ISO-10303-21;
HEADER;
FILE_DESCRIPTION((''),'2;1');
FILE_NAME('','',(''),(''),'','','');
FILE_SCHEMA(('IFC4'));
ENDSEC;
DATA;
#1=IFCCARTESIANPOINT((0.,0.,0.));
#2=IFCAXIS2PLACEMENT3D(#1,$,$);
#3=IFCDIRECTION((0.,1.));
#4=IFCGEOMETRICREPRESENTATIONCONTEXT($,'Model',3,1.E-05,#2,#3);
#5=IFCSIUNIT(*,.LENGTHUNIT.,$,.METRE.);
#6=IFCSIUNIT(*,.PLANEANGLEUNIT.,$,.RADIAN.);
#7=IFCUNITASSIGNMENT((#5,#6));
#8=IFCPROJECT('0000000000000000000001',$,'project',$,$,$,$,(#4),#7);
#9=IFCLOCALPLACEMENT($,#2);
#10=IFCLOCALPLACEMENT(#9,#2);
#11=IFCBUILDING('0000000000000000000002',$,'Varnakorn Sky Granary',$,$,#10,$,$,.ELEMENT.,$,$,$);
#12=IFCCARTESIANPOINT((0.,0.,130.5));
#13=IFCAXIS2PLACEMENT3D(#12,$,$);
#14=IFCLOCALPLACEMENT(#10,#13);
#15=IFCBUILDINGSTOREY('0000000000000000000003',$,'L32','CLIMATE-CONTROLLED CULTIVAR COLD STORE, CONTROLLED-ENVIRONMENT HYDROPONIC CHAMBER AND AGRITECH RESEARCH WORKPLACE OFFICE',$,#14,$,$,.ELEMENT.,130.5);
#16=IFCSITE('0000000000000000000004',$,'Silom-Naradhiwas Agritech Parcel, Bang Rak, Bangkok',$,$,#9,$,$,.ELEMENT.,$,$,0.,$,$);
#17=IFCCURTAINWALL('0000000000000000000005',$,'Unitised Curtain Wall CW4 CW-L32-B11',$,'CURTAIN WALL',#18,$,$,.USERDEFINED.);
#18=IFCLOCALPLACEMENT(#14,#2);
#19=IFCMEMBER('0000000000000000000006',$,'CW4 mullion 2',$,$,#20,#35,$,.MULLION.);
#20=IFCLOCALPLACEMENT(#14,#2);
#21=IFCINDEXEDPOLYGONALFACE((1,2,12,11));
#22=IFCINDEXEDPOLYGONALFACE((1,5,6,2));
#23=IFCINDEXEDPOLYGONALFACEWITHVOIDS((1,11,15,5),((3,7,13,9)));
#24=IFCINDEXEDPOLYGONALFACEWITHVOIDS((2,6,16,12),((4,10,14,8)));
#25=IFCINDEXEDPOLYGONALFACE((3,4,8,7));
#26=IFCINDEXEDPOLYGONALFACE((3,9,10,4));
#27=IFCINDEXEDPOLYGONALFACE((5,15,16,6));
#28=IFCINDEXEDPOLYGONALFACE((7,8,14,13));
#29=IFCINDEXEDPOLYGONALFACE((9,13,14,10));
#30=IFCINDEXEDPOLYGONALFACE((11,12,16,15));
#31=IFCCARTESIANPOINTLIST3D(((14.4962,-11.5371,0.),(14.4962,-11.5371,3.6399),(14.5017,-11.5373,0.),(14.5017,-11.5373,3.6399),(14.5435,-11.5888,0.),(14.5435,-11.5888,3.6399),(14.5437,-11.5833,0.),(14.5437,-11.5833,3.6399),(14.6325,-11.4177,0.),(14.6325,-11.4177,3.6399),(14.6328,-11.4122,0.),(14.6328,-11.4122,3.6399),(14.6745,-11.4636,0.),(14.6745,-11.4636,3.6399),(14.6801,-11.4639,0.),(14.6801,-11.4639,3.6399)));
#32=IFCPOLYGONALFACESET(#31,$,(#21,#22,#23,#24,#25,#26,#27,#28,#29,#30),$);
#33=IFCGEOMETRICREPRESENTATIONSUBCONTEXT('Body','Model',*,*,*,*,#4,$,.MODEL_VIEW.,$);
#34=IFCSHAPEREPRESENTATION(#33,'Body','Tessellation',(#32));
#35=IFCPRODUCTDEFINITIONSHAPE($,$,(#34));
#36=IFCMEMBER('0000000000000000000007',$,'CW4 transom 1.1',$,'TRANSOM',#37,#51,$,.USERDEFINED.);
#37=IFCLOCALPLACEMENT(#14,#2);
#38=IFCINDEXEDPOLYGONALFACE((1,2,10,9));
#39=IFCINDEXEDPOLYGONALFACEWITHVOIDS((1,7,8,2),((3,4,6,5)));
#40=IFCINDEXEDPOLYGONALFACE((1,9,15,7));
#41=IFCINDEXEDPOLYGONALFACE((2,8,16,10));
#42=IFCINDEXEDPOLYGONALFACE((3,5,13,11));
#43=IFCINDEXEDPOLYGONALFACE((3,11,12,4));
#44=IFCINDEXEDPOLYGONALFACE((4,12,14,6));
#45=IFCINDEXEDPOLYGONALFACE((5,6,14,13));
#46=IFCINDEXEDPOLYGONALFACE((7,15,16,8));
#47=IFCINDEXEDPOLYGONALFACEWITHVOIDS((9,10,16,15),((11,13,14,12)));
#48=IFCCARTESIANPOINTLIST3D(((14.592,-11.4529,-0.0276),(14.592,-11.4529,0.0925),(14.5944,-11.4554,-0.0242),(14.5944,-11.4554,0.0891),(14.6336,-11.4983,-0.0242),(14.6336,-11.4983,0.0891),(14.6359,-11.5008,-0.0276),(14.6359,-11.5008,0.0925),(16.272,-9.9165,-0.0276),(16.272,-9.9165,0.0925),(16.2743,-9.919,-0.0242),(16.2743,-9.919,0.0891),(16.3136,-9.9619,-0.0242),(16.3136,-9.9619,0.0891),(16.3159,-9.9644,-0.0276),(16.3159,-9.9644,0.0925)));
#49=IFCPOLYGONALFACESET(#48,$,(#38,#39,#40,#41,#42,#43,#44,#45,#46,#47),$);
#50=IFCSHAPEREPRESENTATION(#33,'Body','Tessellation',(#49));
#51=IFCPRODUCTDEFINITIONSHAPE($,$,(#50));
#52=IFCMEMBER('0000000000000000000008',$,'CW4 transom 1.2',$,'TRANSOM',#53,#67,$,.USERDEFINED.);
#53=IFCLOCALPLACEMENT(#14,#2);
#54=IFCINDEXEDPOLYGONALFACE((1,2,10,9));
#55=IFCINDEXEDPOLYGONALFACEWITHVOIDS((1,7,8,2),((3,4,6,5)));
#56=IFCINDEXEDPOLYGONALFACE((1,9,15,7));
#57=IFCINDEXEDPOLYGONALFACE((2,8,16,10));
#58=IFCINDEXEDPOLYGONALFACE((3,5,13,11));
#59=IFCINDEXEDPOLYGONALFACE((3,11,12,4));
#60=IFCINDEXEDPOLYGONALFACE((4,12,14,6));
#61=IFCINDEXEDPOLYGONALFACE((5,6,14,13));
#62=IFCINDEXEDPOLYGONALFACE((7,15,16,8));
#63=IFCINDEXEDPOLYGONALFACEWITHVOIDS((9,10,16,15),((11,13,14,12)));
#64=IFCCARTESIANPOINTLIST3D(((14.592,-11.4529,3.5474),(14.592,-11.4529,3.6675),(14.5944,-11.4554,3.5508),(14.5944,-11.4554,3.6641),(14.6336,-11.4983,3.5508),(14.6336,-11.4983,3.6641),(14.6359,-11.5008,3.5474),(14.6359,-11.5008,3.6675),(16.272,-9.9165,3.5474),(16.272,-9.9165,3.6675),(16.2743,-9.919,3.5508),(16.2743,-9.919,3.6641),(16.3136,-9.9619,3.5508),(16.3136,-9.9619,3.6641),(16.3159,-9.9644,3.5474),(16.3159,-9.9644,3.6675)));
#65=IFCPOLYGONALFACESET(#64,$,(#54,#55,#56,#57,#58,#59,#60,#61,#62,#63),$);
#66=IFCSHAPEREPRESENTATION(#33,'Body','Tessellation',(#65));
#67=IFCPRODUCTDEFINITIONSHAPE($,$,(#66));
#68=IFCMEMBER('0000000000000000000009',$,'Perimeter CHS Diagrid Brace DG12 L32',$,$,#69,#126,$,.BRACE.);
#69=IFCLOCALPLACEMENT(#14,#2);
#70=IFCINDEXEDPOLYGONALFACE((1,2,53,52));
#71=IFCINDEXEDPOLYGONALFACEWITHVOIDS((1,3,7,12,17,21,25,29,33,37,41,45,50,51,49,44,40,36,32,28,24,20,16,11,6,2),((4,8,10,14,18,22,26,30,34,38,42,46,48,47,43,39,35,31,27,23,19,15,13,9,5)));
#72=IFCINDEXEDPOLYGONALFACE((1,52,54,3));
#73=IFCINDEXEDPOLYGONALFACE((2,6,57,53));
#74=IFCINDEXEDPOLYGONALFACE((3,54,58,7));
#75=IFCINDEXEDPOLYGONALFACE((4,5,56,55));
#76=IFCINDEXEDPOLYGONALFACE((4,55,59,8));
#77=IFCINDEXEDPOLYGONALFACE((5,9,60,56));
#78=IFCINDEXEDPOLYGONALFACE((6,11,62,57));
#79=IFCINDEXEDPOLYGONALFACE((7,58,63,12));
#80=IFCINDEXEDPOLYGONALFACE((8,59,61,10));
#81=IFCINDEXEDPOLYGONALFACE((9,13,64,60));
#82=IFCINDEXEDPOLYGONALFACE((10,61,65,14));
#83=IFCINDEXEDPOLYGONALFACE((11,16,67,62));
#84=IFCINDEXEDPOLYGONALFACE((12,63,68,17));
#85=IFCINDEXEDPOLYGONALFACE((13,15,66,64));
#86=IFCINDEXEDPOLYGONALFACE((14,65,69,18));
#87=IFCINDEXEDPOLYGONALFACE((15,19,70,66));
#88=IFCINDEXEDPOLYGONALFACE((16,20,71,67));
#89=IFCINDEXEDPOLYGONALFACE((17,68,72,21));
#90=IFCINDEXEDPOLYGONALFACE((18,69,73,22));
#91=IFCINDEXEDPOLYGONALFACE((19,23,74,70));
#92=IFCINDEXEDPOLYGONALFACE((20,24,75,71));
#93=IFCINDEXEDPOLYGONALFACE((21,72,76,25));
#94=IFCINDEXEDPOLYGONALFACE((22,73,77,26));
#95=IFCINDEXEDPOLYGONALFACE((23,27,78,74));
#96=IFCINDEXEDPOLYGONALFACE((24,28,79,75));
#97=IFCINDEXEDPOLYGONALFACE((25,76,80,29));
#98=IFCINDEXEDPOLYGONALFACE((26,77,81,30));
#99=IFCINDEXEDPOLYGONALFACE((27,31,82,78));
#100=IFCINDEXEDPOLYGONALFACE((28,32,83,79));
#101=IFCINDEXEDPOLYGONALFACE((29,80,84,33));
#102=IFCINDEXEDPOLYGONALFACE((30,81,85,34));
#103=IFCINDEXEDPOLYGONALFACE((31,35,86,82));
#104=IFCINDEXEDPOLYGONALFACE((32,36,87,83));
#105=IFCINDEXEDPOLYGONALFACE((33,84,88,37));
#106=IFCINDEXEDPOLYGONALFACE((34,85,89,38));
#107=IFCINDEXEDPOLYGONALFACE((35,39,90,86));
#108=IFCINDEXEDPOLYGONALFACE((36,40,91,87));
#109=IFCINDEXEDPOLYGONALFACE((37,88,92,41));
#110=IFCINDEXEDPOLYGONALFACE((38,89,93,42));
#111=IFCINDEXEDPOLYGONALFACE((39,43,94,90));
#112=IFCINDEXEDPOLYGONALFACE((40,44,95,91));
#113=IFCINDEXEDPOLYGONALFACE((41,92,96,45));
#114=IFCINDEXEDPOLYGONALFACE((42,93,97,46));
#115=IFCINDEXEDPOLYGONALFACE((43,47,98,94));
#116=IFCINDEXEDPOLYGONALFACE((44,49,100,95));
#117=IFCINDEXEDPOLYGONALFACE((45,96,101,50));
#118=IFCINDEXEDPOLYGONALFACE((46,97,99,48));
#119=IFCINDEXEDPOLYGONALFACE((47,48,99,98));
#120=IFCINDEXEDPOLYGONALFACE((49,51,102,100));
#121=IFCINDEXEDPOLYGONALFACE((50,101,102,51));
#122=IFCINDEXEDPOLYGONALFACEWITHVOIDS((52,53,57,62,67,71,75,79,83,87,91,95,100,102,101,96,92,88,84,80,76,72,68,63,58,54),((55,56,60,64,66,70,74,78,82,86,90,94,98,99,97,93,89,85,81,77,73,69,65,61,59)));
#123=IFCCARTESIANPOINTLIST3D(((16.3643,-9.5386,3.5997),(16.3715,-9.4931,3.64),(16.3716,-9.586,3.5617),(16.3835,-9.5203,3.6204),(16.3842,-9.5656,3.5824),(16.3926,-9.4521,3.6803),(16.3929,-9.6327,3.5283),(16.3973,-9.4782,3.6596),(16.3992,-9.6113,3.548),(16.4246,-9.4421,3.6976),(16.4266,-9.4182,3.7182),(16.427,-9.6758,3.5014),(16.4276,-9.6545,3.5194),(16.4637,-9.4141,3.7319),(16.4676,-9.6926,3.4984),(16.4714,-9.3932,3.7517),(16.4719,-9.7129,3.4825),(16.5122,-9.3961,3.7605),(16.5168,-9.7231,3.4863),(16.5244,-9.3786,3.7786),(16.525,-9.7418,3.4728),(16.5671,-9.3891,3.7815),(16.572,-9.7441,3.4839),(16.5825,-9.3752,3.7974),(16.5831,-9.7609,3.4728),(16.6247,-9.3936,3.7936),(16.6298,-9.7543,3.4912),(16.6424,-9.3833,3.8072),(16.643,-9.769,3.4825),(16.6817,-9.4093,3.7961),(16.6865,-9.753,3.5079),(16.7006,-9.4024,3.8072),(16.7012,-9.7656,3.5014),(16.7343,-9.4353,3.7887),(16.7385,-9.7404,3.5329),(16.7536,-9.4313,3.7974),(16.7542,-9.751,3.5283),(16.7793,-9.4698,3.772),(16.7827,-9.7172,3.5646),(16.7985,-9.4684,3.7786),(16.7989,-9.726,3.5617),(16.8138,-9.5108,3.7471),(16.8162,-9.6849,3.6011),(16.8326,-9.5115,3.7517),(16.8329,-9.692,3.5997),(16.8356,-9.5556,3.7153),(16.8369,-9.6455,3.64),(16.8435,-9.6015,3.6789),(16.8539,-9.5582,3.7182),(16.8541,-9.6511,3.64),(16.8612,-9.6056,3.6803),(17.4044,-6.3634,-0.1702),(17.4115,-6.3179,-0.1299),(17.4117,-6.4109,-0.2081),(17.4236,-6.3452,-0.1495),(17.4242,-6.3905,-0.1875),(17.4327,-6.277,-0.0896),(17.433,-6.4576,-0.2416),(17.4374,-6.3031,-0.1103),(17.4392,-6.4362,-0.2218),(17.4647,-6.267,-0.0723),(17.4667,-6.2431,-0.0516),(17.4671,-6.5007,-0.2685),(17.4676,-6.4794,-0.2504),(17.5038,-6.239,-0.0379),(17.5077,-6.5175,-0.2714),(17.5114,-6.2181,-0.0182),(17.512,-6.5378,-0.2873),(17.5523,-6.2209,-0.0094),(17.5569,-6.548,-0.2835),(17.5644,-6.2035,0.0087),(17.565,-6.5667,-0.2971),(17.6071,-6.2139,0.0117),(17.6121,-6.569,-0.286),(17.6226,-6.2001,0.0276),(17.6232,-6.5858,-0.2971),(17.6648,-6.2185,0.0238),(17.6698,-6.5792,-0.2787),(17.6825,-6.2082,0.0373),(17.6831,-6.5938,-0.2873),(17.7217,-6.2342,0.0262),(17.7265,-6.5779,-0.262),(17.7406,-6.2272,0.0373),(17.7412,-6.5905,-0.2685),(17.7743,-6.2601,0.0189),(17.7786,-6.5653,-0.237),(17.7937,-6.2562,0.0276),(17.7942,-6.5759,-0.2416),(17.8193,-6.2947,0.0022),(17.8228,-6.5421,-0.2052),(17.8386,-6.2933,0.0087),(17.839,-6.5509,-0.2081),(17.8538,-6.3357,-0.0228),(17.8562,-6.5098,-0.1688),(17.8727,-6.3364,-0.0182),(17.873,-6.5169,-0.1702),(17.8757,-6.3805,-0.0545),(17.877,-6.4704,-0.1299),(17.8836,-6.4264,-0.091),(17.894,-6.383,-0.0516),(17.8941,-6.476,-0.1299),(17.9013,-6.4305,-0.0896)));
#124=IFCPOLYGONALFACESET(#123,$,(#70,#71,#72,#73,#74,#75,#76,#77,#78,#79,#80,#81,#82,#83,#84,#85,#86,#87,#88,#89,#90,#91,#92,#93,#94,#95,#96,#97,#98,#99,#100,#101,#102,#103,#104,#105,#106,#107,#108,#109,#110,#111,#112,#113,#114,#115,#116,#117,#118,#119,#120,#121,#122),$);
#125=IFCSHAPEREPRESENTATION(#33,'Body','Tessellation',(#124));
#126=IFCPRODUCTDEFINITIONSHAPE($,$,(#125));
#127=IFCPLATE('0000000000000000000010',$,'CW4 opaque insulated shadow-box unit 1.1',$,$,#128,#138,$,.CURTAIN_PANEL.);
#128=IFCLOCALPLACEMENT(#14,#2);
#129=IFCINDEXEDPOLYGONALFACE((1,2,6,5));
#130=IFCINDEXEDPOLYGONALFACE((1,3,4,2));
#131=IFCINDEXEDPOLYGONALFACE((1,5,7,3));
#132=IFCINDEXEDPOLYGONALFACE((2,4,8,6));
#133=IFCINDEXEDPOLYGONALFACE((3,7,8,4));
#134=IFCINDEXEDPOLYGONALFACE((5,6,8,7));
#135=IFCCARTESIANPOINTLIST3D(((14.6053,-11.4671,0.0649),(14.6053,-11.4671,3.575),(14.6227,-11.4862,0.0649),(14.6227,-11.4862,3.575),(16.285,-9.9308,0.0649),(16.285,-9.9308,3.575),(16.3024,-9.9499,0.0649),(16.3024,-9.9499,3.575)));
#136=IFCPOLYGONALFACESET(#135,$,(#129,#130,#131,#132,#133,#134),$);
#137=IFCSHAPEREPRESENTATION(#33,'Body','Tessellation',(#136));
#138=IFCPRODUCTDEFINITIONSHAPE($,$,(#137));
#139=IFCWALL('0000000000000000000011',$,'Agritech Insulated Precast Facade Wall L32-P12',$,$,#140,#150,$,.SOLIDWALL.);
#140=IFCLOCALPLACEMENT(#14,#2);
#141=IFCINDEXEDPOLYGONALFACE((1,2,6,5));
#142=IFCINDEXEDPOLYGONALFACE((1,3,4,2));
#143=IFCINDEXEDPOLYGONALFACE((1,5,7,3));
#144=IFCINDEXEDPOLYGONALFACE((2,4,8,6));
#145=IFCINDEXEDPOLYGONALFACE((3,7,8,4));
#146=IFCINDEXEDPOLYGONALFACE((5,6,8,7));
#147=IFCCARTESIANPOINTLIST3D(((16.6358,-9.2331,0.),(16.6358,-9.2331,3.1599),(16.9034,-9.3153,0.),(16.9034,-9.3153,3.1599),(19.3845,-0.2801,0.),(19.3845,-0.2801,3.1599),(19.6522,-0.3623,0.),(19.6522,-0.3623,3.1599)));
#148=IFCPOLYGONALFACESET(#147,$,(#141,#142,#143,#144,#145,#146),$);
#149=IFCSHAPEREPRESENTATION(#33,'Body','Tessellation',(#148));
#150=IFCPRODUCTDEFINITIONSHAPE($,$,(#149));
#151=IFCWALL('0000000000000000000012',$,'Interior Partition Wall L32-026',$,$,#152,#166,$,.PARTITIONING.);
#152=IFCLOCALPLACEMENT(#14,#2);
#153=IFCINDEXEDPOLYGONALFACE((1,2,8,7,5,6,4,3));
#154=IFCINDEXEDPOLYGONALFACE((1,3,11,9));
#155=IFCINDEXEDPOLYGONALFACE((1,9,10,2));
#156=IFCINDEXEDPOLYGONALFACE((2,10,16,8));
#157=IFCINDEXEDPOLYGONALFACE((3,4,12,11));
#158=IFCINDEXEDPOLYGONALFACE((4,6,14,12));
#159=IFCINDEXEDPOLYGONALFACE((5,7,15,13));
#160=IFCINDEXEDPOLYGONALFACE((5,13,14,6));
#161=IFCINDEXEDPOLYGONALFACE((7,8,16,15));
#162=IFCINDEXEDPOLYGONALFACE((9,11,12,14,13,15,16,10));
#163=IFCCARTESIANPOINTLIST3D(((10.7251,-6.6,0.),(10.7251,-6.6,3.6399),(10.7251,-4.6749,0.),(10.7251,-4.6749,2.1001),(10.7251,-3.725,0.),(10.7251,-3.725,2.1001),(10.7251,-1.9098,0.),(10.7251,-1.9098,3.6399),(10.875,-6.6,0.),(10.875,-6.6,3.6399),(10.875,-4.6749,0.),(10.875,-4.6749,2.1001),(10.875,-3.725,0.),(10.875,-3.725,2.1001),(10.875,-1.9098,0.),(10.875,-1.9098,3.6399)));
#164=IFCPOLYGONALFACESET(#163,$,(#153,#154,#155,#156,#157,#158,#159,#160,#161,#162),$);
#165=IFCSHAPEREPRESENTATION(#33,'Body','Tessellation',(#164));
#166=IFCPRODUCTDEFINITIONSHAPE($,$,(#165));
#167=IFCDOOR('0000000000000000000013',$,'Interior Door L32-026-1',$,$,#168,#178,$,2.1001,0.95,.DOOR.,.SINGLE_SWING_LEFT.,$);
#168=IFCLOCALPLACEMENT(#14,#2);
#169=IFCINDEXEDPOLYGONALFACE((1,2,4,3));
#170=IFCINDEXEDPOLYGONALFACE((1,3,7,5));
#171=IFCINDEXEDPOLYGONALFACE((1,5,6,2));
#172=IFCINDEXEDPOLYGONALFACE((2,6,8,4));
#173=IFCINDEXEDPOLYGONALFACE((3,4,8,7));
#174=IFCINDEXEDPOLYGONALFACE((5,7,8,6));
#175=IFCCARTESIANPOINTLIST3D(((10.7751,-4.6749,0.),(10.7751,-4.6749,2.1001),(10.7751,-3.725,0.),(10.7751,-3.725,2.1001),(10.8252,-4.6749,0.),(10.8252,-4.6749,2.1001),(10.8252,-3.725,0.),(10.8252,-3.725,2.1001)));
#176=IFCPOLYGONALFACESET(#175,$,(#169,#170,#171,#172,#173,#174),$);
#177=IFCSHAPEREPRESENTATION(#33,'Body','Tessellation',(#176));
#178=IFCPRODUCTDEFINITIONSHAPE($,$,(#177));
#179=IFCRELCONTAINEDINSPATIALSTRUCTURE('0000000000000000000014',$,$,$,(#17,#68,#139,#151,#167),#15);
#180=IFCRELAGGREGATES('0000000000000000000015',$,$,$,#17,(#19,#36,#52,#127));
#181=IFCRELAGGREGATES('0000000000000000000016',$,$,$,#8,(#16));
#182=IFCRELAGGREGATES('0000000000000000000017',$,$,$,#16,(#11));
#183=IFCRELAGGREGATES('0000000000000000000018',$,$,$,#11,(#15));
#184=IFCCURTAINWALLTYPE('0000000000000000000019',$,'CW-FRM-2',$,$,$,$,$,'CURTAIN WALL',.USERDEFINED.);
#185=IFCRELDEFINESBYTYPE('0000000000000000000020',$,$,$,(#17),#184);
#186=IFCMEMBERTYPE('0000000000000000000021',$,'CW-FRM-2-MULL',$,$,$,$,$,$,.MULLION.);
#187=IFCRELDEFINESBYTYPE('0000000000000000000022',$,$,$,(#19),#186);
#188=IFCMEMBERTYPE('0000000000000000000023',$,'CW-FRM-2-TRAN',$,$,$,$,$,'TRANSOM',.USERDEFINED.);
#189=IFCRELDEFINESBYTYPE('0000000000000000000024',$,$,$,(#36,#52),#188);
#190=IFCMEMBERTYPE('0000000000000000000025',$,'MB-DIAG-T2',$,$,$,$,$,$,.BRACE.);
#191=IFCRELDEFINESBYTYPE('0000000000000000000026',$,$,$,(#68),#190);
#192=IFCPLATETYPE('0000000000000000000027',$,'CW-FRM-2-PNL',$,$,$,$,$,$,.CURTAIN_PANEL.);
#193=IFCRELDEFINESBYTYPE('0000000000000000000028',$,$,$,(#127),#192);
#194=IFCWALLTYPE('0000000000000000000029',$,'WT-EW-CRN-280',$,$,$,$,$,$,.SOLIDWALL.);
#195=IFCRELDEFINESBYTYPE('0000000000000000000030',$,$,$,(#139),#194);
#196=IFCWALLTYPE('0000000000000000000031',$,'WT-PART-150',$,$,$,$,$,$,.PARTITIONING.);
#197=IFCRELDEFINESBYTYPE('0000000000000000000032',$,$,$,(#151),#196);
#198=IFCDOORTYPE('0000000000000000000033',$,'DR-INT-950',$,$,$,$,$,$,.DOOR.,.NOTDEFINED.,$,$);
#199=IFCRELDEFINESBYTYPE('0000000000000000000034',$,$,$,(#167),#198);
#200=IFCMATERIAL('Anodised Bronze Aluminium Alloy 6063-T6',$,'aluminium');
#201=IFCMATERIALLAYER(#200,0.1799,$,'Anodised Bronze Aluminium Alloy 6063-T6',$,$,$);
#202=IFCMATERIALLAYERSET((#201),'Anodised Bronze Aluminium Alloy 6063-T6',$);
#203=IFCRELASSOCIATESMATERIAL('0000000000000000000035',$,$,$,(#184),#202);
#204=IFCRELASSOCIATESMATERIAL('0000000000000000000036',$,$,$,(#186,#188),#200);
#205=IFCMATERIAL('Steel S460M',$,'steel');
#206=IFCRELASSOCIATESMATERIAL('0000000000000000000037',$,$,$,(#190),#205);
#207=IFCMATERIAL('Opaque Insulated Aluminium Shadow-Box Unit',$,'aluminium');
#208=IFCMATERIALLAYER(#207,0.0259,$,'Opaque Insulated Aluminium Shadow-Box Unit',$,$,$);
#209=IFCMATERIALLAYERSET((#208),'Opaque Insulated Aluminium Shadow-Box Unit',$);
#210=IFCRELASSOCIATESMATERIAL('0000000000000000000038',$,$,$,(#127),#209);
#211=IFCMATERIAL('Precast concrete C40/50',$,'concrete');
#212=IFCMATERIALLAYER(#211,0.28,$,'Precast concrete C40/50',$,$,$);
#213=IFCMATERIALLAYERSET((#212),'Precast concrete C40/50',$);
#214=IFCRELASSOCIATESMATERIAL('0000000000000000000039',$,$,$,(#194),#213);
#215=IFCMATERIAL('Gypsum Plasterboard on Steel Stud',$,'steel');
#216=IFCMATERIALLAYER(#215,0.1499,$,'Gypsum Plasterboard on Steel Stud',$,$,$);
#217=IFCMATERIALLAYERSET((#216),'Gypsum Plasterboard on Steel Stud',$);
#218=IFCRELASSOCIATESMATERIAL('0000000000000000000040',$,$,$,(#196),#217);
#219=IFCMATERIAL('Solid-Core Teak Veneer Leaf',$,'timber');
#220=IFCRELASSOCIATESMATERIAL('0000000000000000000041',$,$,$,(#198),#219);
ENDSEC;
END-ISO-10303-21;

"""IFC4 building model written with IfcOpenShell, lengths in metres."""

from ifc_helpers import new_model, si_unit, direction, frame, frame_2d, origin, origin_2d, place, context, subcontext, project, spatial, rectangle, hollow_rectangle, hollow_circle, extrude, source, transform, mapped, material, layer, layer_set, material_profile, profile_set, type_object, type_shapes, element, fill, aggregate, save


model = new_model("IFC4")

# Units and contexts
model_context = context("Model", 3, precision=1e-05, world=origin(), true_north=direction((0.0, 1.0)))
body_context = subcontext(model_context, "Body", "Model", "MODEL_VIEW")
ifc_project = project(units=[si_unit("LENGTHUNIT", "METRE"), si_unit("PLANEANGLEUNIT", "RADIAN")], contexts=[model_context])

# Site, building, storey
site_placement = place(None, origin())
site = spatial("IfcSite", under=ifc_project, at=site_placement, Name="Silom-Naradhiwas Agritech Parcel, Bang Rak, Bangkok", CompositionType="ELEMENT", RefElevation=0.0)
building_placement = place(site_placement, origin())
building = spatial("IfcBuilding", under=site, at=building_placement, Name="Varnakorn Sky Granary", CompositionType="ELEMENT")
storey_placement = place(building_placement, frame((0.0, 0.0, 130.5)))
storey = spatial("IfcBuildingStorey", under=building, at=storey_placement, Name="L32", Description="CLIMATE-CONTROLLED CULTIVAR COLD STORE, CONTROLLED-ENVIRONMENT HYDROPONIC CHAMBER AND AGRITECH RESEARCH WORKPLACE OFFICE", CompositionType="ELEMENT", Elevation=130.5)

# Shared definitions
ifc_material_1 = material(Name="Steel S460M", Category="steel")

# Curtain wall, members
ifc_material_2 = material(Name="Anodised Bronze Aluminium Alloy 6063-T6", Category="aluminium")
ifc_layer_1 = layer(ifc_material_2, 0.1799, Name="Anodised Bronze Aluminium Alloy 6063-T6")
ifc_layer_set_1 = layer_set([ifc_layer_1], Name="Anodised Bronze Aluminium Alloy 6063-T6")
curtain_wall_type = type_object("IfcCurtainWallType", Name="CW-FRM-2", ElementType="CURTAIN WALL", PredefinedType="USERDEFINED", material=ifc_layer_set_1)
curtain_wall_placement = place(storey_placement, origin())
curtain_wall = element("IfcCurtainWall", 1, at=curtain_wall_placement, inside=storey, type_object=curtain_wall_type, Name="Unitised Curtain Wall CW4 CW-L32-B11", ObjectType="CURTAIN WALL", PredefinedType="USERDEFINED")
ifc_material_profile_1 = material_profile(ifc_material_2, hollow_rectangle(XDim=0.0701, YDim=0.1851, WallThickness=0.0039, at=origin_2d()), Name="ALU MULL 70x185")
ifc_profile_set_1 = profile_set([ifc_material_profile_1], Name="Anodised Bronze Aluminium Alloy 6063-T6")
member_type_1 = type_object("IfcMemberType", Name="CW-FRM-2-MULL", PredefinedType="MULLION", material=ifc_profile_set_1)
member_1_placement = place(storey_placement, frame((14.5881, -11.5005, 0.0), z_axis=(0.0, 0.0, 1.0), x_axis=(0.674918, -0.737893, 0.0)))
member_1 = element("IfcMember", 2, at=member_1_placement, type_object=member_type_1, Name="CW4 mullion 2", PredefinedType="MULLION", context=body_context, shape_type="SweptSolid", body=[
    extrude(hollow_rectangle(XDim=0.0701, YDim=0.1851, WallThickness=0.0039, at=origin_2d()), origin(), (0.0, 0.0, 1.0), 3.6399),
])
ifc_material_profile_2 = material_profile(ifc_material_2, hollow_rectangle(XDim=0.0649, YDim=0.1201, WallThickness=0.0034, at=origin_2d()), Name="ALU TRAN 65x120")
ifc_profile_set_2 = profile_set([ifc_material_profile_2], Name="Anodised Bronze Aluminium Alloy 6063-T6")
member_type_2 = type_object("IfcMemberType", Name="CW-FRM-2-TRAN", ElementType="TRANSOM", PredefinedType="USERDEFINED", material=ifc_profile_set_2)
member_2_placement = place(storey_placement, frame((16.2939, -9.9404, 0.0325), z_axis=(-0.737933, -0.674874, 0.0), x_axis=(0.674874, -0.737933, 0.0)))
member_2 = element("IfcMember", 3, at=member_2_placement, type_object=member_type_2, Name="CW4 transom 1.1", ObjectType="TRANSOM", PredefinedType="USERDEFINED", context=body_context, shape_type="SweptSolid", body=[
    extrude(hollow_rectangle(XDim=0.0649, YDim=0.1201, WallThickness=0.0034, at=origin_2d()), origin(), (0.0, 0.0, 1.0), 2.2766),
])
member_3_placement = place(storey_placement, frame((16.2939, -9.9404, 3.6074), z_axis=(-0.737933, -0.674874, 0.0), x_axis=(0.674874, -0.737933, 0.0)))
member_3 = element("IfcMember", 4, at=member_3_placement, type_object=member_type_2, Name="CW4 transom 1.2", ObjectType="TRANSOM", PredefinedType="USERDEFINED", context=body_context, shape_type="SweptSolid", body=[
    extrude(hollow_rectangle(XDim=0.0649, YDim=0.1201, WallThickness=0.0034, at=origin_2d()), origin(), (0.0, 0.0, 1.0), 2.2766),
])

# Member
ifc_material_profile_3 = material_profile(ifc_material_1, hollow_circle(Radius=0.2539, WallThickness=0.0181, at=origin_2d()), Name="CHS 508x18")
ifc_profile_set_3 = profile_set([ifc_material_profile_3], Name="Steel S460M")
member_type_3 = type_object("IfcMemberType", Name="MB-DIAG-T2", PredefinedType="BRACE", material=ifc_profile_set_3)
member_4_placement = place(storey_placement, frame((17.6528, -6.397, -0.1299), z_axis=(-0.20647, -0.630315, 0.748381), x_axis=(0.950315, -0.311291, 0.0)))
element("IfcMember", 5, at=member_4_placement, inside=storey, type_object=member_type_3, Name="Perimeter CHS Diagrid Brace DG12 L32", PredefinedType="BRACE", context=body_context, shape_type="SweptSolid", body=[
    extrude(hollow_circle(Radius=0.2539, WallThickness=0.0181, at=origin_2d()), origin(), (0.0, 0.0, 1.0), 5.0374),
])

# Plate
ifc_material_3 = material(Name="Opaque Insulated Aluminium Shadow-Box Unit", Category="aluminium")
ifc_layer_2 = layer(ifc_material_3, 0.0259, Name="Opaque Insulated Aluminium Shadow-Box Unit")
ifc_layer_set_2 = layer_set([ifc_layer_2], Name="Opaque Insulated Aluminium Shadow-Box Unit")
plate_type = type_object("IfcPlateType", Name="CW-FRM-2-PNL", PredefinedType="CURTAIN_PANEL")
shared_shape_1 = source(origin(), body_context, "Body", "SweptSolid", [
    extrude(rectangle(XDim=2.2764, YDim=0.0259, at=origin_2d()), origin(), (0.0, 0.0, 1.0), 3.51),
])
type_shapes(plate_type, [shared_shape_1])
plate_placement = place(storey_placement, frame((15.4539, -10.7085, 0.0649), z_axis=(0.0, 0.0, 1.0), x_axis=(-0.737893, -0.674918, 0.0)))
plate = element("IfcPlate", 6, at=plate_placement, type_object=plate_type, material=ifc_layer_set_2, Name="CW4 opaque insulated shadow-box unit 1.1", PredefinedType="CURTAIN_PANEL", context=body_context, shape_type="MappedRepresentation", body=[
    mapped(shared_shape_1, transform((0.0, 0.0, 0.0), x_axis=(1.0, 0.0, 0.0), y_axis=(0.0, 1.0, 0.0), z_axis=(0.0, 0.0, 1.0), scale=1.0)),
])
aggregate(curtain_wall, [member_1, member_2, member_3, plate])

# Wall
ifc_material_4 = material(Name="Precast concrete C40/50", Category="concrete")
ifc_layer_3 = layer(ifc_material_4, 0.28, Name="Precast concrete C40/50")
ifc_layer_set_3 = layer_set([ifc_layer_3], Name="Precast concrete C40/50")
wall_type_1 = type_object("IfcWallType", Name="WT-EW-CRN-280", PredefinedType="SOLIDWALL", material=ifc_layer_set_3)
wall_1_placement = place(storey_placement, frame((19.5183, -0.3213, 0.0), z_axis=(0.0, 0.0, 1.0), x_axis=(-0.293498, -0.95596, 0.0)))
element("IfcWall", 7, at=wall_1_placement, inside=storey, type_object=wall_type_1, Name="Agritech Insulated Precast Facade Wall L32-P12", PredefinedType="SOLIDWALL", context=body_context, shape_type="SweptSolid", body=[
    extrude(rectangle(XDim=9.3655, YDim=0.28, at=frame_2d((4.6826, 0.0))), origin(), (0.0, 0.0, 1.0), 3.1599),
])

# Wall, opening, door
ifc_material_5 = material(Name="Gypsum Plasterboard on Steel Stud", Category="steel")
ifc_layer_4 = layer(ifc_material_5, 0.1499, Name="Gypsum Plasterboard on Steel Stud")
ifc_layer_set_4 = layer_set([ifc_layer_4], Name="Gypsum Plasterboard on Steel Stud")
wall_type_2 = type_object("IfcWallType", Name="WT-PART-150", PredefinedType="PARTITIONING", material=ifc_layer_set_4)
wall_2_placement = place(storey_placement, frame((10.8, -6.6001, 0.0), z_axis=(0.0, 0.0, 1.0), x_axis=(0.0, 1.0, 0.0)))
wall_2 = element("IfcWall", 8, at=wall_2_placement, inside=storey, type_object=wall_type_2, Name="Interior Partition Wall L32-026", PredefinedType="PARTITIONING", context=body_context, shape_type="SweptSolid", body=[
    extrude(rectangle(XDim=4.6902, YDim=0.1499, at=frame_2d((2.3452, 0.0))), origin(), (0.0, 0.0, 1.0), 3.6399),
])
opening_placement = place(wall_2_placement, frame((1.925, 0.0, 0.0)))
opening = element("IfcOpeningElement", 9, at=opening_placement, cuts=wall_2, PredefinedType="OPENING", context=body_context, shape_type="SweptSolid", body=[
    extrude(rectangle(XDim=0.95, YDim=2.1001, at=frame_2d((0.4751, 1.05))), frame((0.0, 0.085, 0.0), z_axis=(0.0, -1.0, 0.0), x_axis=(1.0, 0.0, 0.0)), (0.0, 0.0, 1.0), 0.1699),
])
ifc_material_6 = material(Name="Solid-Core Teak Veneer Leaf", Category="timber")
door_type = type_object("IfcDoorType", Name="DR-INT-950", OperationType="NOTDEFINED", PredefinedType="DOOR", material=ifc_material_6)
door_placement = place(opening_placement, origin())
door = element("IfcDoor", 10, at=door_placement, inside=storey, type_object=door_type, Name="Interior Door L32-026-1", OperationType="SINGLE_SWING_LEFT", OverallHeight=2.1001, OverallWidth=0.95, PredefinedType="DOOR", context=body_context, shape_type="SweptSolid", body=[
    extrude(rectangle(XDim=0.95, YDim=2.1001, at=frame_2d((0.4751, 1.05))), frame((0.0, 0.0249, 0.0), z_axis=(0.0, -1.0, 0.0), x_axis=(1.0, 0.0, 0.0)), (0.0, 0.0, 1.0), 0.05),
])
fill(opening, door)

save(model, "model.ifc")
